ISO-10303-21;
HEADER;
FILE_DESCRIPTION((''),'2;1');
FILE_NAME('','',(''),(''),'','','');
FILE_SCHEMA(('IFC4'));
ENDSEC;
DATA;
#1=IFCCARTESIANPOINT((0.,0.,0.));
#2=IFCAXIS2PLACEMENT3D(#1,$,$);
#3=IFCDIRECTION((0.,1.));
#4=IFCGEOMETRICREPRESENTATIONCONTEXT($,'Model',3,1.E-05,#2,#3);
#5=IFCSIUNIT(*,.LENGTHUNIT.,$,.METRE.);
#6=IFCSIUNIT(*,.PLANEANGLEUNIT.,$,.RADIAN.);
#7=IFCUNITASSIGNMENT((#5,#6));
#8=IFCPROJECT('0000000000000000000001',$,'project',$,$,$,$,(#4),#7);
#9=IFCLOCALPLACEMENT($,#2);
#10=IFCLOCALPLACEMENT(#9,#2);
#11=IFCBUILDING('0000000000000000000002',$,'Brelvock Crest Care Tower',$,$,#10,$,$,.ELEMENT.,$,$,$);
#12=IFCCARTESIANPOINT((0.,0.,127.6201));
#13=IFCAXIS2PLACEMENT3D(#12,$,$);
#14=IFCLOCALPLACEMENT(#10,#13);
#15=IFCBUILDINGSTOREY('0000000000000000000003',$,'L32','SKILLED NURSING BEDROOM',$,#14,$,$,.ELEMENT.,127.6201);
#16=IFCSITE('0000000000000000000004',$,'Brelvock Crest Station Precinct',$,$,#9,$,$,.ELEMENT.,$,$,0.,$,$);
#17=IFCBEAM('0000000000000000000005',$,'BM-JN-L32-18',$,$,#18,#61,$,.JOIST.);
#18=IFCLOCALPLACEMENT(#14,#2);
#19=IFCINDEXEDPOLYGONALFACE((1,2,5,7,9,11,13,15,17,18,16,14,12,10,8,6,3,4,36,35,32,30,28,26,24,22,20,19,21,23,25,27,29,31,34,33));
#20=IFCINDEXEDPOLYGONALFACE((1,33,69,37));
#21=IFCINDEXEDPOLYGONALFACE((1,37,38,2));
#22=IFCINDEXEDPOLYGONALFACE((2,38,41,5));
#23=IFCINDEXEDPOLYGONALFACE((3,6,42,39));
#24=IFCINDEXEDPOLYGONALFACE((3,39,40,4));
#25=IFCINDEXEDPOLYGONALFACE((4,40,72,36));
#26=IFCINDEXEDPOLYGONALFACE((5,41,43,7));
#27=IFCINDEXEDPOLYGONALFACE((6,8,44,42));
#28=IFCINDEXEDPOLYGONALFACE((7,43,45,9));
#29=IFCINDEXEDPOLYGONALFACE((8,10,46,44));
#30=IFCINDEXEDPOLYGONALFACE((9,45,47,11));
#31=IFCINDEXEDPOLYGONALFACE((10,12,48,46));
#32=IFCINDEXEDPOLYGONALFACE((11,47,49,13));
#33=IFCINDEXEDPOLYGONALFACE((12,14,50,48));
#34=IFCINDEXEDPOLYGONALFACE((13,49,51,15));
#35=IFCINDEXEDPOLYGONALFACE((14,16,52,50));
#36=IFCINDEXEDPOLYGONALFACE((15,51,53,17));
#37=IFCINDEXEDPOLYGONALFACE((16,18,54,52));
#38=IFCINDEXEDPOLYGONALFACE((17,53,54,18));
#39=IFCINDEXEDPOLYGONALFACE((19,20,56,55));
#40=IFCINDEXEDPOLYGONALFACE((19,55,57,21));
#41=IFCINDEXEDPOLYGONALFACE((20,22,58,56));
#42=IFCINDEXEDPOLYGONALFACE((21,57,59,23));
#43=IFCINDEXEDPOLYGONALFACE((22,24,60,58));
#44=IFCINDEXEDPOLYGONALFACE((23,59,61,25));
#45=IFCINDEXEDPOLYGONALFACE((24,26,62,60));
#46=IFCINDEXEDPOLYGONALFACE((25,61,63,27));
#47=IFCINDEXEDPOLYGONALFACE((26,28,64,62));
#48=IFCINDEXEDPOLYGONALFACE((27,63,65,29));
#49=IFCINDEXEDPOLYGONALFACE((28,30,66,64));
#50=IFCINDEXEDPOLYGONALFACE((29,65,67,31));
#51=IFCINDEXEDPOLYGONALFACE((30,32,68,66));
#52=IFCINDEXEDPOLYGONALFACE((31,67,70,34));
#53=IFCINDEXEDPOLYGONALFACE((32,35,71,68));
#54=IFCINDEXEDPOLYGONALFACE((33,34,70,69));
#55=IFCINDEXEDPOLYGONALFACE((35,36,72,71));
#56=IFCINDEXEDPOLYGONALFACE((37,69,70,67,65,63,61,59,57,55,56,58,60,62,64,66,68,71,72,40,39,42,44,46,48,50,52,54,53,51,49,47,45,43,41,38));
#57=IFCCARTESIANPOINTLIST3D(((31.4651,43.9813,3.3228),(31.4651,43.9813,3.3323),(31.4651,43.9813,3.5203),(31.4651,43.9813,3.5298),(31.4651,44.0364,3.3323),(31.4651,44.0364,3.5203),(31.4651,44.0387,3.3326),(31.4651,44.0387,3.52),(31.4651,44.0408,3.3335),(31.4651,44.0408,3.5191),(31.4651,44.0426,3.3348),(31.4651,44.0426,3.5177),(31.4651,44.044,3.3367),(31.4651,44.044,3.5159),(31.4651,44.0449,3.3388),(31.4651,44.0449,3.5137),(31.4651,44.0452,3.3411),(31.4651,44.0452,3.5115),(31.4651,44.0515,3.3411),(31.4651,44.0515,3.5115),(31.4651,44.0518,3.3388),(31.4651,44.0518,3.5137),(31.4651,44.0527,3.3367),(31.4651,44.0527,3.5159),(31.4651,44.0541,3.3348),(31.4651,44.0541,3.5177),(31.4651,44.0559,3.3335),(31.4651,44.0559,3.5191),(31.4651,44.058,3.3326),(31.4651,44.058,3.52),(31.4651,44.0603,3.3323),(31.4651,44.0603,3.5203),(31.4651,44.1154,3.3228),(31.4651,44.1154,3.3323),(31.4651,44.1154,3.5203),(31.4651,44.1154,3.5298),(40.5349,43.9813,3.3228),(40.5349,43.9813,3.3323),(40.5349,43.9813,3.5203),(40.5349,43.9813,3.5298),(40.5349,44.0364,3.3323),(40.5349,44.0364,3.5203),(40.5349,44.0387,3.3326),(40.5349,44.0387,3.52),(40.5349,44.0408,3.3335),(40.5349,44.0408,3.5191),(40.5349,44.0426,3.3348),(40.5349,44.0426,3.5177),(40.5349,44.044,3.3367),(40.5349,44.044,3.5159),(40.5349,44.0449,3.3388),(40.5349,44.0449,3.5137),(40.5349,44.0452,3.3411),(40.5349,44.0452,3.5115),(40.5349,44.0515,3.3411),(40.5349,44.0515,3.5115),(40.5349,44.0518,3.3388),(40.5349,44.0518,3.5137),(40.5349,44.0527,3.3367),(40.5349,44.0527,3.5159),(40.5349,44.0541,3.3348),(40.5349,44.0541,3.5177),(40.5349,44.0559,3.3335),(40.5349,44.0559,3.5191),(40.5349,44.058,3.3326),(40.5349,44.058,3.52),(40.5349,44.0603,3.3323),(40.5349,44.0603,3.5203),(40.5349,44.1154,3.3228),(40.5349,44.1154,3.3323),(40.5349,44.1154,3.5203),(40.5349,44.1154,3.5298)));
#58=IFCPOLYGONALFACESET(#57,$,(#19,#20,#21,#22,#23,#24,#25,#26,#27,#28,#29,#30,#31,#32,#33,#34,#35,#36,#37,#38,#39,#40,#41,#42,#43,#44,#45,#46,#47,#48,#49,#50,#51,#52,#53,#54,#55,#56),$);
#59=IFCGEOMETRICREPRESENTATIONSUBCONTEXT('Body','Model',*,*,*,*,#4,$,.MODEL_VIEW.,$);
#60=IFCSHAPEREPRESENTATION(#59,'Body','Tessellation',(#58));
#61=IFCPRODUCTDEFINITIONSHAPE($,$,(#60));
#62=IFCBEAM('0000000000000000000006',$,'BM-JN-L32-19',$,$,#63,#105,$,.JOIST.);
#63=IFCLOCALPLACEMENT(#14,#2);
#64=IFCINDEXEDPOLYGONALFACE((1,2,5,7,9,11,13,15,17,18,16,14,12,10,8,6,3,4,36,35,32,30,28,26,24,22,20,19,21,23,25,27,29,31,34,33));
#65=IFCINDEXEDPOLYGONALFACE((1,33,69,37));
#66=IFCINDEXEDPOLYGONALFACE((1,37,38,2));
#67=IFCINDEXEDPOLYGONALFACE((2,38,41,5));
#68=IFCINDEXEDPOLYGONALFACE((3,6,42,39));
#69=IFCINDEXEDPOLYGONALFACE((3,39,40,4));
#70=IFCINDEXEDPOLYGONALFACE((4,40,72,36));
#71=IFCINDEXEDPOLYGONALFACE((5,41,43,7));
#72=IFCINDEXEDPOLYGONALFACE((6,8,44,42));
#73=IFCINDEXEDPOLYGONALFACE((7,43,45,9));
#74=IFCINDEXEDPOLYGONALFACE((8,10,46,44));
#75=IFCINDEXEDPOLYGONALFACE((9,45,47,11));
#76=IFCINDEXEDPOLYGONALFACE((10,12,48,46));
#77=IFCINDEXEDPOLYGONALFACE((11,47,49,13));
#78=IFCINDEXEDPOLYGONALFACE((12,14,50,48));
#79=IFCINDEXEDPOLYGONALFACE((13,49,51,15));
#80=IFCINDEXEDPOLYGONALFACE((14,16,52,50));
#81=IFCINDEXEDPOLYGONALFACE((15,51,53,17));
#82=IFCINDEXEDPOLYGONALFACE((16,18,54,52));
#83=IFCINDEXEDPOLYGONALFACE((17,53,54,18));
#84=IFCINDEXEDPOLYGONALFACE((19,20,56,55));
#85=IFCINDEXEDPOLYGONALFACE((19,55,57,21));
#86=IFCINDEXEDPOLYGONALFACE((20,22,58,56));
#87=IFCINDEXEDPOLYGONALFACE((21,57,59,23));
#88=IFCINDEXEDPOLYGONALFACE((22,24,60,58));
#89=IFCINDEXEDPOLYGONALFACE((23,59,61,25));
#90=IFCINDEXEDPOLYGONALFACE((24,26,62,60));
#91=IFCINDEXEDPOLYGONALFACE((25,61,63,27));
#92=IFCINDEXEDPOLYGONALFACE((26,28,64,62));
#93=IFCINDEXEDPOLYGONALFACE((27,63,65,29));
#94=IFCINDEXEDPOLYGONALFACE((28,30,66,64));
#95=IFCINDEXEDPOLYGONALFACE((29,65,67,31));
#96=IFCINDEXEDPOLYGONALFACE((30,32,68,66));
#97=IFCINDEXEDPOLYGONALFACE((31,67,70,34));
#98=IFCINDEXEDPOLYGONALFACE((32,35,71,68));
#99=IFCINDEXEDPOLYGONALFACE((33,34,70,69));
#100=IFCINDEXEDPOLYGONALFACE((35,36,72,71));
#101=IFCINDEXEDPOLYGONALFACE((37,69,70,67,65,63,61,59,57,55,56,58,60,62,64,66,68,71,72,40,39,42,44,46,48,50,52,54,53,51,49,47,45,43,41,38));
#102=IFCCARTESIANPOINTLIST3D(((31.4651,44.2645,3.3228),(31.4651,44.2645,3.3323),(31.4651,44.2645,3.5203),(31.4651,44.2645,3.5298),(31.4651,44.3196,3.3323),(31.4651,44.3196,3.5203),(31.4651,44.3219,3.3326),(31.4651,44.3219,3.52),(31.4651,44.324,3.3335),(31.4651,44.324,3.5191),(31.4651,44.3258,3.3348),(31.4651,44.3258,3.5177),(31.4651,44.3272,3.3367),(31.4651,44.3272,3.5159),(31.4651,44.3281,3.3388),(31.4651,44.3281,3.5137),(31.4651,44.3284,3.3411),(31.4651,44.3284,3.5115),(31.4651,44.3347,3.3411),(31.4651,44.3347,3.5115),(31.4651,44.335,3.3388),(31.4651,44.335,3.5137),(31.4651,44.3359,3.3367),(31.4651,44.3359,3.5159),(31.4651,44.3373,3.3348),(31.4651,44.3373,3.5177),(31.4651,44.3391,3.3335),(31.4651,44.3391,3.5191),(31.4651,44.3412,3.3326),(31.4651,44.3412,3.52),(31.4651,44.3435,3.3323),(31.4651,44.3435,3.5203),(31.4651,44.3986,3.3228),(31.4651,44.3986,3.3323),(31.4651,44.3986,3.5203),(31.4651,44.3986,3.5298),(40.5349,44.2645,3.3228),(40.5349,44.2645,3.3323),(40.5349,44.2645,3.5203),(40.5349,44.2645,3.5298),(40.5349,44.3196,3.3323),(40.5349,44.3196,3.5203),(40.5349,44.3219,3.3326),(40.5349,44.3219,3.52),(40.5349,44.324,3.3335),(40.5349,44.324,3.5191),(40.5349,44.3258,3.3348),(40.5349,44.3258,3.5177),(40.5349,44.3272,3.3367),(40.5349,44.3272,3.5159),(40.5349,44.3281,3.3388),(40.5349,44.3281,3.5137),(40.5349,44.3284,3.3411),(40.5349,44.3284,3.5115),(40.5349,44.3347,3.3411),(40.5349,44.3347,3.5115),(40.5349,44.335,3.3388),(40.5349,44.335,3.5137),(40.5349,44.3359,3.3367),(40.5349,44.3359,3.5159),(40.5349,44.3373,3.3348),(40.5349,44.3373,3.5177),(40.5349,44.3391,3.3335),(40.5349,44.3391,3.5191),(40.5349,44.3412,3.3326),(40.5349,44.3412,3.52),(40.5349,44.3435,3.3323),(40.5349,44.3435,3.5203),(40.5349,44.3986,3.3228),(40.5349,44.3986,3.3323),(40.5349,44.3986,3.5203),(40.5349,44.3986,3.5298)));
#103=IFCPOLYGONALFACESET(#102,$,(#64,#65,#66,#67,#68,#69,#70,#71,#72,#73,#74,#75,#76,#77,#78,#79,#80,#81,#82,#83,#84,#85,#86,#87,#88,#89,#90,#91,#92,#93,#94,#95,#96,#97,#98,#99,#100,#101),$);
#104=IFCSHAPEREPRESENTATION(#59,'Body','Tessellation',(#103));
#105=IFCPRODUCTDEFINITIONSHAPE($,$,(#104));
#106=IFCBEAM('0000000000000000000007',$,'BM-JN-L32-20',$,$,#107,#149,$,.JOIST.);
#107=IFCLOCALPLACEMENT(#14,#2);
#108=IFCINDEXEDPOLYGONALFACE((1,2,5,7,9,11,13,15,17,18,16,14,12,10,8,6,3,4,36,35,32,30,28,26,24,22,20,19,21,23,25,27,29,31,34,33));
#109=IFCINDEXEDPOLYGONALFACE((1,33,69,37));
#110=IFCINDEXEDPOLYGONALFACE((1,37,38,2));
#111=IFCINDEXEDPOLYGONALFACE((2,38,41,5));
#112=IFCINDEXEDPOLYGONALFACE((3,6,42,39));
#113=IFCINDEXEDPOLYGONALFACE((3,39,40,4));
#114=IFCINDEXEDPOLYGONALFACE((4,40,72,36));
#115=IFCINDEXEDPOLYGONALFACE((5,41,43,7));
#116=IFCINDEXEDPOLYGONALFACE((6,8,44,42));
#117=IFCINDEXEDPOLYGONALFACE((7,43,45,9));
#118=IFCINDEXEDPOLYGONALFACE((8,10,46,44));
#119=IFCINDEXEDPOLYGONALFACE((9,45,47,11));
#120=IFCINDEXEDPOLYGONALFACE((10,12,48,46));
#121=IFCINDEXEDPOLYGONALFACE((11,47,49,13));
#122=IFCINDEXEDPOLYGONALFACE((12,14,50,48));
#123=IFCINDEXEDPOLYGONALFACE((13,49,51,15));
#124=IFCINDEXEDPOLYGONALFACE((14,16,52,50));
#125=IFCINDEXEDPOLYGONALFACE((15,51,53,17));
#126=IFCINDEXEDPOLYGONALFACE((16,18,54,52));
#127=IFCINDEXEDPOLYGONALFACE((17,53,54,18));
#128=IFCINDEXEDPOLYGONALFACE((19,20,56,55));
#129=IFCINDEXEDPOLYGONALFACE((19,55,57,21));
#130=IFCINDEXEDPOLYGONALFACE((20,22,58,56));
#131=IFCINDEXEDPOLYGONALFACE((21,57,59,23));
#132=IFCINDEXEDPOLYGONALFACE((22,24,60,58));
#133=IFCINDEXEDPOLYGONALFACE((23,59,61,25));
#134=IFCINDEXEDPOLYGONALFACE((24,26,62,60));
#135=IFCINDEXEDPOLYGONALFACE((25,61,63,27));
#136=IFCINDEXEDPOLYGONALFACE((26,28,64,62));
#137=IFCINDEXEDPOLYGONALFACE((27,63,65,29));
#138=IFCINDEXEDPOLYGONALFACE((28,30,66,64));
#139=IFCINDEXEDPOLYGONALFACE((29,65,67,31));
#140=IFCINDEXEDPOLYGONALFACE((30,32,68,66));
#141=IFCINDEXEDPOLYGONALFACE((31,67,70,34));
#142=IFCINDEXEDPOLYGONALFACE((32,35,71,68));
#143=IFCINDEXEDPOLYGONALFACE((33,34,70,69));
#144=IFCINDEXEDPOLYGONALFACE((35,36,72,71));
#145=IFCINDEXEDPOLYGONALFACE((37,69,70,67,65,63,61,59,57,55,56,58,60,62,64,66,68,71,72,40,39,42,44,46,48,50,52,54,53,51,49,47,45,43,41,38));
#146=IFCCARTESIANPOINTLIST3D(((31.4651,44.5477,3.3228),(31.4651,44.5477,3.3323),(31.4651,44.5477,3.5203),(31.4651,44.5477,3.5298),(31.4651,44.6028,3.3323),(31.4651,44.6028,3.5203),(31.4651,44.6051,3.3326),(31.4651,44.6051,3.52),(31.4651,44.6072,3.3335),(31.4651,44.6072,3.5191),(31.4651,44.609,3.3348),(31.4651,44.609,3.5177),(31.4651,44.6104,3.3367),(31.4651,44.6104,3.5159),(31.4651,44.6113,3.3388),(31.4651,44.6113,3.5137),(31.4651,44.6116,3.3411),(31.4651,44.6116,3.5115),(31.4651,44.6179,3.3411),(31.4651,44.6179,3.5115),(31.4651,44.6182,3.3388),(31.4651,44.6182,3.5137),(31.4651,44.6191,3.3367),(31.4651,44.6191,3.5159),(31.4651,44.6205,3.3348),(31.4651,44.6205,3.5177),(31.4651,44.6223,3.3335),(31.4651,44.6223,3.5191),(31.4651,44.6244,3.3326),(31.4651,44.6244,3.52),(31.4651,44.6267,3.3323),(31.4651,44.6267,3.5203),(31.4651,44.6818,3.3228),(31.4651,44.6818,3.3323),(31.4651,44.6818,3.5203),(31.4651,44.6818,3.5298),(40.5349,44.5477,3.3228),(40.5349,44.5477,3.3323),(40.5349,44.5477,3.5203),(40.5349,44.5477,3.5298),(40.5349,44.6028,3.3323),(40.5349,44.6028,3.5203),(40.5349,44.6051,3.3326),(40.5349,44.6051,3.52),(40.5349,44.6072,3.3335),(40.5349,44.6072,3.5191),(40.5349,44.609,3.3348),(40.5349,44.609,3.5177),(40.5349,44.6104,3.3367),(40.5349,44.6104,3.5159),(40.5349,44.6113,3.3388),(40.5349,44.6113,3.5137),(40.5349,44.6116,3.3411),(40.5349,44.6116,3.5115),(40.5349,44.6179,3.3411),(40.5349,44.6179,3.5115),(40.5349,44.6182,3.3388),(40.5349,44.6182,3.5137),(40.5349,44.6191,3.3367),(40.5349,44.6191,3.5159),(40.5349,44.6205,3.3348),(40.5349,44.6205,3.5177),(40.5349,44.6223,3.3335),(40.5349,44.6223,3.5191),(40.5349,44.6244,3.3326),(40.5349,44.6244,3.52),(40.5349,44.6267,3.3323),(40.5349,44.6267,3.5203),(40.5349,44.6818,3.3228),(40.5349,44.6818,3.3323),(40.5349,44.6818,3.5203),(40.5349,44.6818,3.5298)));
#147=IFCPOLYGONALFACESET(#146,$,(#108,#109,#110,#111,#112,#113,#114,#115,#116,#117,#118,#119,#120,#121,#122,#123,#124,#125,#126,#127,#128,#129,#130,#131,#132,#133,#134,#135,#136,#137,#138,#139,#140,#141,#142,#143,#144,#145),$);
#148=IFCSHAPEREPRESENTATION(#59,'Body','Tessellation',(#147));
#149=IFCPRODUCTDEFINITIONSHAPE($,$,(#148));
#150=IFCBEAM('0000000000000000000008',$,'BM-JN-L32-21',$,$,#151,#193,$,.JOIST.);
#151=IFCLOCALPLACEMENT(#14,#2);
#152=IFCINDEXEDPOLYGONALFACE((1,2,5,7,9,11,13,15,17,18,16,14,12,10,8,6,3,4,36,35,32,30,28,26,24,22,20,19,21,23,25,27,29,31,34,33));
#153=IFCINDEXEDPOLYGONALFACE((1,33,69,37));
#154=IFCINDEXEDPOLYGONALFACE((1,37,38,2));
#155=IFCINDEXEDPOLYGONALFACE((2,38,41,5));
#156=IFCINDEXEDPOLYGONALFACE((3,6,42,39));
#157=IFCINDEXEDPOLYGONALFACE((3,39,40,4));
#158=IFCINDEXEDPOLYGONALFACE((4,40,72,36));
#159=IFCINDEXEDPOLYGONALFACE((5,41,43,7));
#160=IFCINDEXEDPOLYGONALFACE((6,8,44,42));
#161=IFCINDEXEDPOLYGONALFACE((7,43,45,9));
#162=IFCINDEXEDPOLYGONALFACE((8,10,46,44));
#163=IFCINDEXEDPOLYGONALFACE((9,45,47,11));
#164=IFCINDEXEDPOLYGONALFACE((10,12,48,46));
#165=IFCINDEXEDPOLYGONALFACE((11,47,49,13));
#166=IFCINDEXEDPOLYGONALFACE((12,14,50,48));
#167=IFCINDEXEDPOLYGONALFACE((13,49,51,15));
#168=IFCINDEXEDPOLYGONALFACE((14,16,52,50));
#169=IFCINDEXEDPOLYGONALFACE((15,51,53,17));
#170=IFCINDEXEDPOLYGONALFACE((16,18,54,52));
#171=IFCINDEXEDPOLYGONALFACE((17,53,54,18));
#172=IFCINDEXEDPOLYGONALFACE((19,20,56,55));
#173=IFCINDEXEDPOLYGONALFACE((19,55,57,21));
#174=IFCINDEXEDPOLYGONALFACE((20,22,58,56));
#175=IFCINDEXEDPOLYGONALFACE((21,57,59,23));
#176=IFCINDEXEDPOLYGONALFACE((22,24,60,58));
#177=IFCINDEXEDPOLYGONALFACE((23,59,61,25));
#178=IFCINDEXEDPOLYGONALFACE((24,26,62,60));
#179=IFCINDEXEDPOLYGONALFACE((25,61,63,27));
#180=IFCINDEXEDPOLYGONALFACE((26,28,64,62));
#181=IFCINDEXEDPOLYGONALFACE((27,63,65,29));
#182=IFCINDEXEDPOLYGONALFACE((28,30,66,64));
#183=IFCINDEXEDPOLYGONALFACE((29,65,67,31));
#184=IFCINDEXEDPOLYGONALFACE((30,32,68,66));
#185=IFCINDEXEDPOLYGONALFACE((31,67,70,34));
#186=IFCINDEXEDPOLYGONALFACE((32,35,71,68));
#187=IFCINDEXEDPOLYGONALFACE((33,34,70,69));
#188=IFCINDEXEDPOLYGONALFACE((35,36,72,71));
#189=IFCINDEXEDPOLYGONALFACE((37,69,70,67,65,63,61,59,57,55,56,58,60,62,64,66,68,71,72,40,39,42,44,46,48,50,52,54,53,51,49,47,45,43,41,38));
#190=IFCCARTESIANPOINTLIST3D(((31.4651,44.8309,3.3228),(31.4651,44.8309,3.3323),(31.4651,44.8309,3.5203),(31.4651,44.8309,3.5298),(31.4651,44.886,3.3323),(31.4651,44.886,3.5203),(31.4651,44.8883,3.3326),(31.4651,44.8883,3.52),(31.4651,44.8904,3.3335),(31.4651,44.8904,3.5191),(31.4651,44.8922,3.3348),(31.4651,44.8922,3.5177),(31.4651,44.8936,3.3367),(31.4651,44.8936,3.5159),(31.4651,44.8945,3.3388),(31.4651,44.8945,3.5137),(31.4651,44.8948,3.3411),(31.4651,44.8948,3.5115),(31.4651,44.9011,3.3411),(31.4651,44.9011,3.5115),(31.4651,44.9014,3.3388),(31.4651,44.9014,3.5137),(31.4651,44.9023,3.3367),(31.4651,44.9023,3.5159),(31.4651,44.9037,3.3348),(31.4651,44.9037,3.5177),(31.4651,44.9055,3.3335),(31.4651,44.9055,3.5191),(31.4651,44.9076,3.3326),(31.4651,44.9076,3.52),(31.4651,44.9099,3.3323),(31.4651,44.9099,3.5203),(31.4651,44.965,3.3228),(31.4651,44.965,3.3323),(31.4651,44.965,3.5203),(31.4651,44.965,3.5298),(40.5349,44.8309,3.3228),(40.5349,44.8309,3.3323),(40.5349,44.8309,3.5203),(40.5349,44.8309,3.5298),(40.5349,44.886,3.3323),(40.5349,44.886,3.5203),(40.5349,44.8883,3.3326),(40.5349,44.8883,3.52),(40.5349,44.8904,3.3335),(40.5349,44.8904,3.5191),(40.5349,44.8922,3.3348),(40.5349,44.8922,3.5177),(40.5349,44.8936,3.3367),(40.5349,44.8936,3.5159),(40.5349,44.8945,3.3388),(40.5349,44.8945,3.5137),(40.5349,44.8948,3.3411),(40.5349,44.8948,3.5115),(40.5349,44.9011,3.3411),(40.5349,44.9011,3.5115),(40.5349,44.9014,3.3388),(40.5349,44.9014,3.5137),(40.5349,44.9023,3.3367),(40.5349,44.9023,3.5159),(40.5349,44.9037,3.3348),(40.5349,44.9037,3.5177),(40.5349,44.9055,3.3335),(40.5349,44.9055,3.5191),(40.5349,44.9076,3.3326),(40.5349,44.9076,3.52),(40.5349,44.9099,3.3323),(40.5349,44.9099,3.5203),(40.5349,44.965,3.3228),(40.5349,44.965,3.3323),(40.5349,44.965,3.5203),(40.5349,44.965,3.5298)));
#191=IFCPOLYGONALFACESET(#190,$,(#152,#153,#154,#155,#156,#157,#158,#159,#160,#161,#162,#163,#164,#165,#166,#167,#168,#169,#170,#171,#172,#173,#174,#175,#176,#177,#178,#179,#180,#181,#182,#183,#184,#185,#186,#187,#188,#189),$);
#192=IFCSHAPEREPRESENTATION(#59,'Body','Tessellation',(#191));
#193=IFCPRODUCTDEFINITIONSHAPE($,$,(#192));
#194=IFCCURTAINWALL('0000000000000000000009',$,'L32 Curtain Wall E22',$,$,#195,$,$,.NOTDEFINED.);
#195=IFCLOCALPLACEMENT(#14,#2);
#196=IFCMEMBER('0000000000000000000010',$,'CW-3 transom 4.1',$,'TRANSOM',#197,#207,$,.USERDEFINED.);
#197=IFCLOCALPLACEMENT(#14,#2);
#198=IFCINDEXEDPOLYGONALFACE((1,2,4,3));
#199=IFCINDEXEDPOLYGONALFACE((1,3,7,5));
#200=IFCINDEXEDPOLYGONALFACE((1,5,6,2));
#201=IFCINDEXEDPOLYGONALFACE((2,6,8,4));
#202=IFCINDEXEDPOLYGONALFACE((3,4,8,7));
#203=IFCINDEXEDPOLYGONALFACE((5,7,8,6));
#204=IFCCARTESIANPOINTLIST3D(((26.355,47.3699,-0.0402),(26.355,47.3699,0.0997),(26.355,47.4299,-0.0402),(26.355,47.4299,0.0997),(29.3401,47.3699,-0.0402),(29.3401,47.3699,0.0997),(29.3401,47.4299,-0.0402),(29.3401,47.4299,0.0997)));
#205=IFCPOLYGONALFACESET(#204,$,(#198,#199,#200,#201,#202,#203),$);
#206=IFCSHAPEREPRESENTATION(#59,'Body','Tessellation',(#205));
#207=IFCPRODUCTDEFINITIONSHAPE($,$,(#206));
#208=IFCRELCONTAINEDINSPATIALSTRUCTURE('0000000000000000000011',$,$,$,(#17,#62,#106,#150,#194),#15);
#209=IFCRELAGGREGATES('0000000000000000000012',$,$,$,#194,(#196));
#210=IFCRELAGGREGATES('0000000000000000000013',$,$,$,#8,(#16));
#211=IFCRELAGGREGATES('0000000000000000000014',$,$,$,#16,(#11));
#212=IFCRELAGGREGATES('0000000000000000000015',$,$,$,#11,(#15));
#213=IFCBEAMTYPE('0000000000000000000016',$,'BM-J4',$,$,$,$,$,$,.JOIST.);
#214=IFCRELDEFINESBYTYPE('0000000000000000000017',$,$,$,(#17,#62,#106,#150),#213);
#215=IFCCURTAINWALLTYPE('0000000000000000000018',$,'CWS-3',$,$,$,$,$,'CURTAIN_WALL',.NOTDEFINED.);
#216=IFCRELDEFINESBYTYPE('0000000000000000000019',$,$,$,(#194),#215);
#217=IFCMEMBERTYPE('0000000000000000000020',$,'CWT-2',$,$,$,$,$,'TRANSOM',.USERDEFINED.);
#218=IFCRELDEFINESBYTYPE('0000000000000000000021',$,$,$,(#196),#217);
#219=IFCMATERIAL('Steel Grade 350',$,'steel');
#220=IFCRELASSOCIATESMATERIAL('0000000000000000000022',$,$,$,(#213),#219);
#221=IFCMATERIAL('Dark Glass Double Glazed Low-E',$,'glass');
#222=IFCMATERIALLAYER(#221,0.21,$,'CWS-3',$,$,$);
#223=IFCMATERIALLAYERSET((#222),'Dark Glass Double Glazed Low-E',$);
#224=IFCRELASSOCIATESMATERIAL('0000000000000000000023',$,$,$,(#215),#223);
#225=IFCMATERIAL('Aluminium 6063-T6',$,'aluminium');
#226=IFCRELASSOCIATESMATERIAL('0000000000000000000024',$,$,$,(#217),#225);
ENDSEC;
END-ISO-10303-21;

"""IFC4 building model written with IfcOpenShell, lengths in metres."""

from ifc_helpers import new_model, si_unit, direction, frame, origin, origin_2d, place, context, subcontext, project, spatial, rectangle, i_section, extrude, source, transform, mapped, material, layer, layer_set, material_profile, profile_set, type_object, element, aggregate, save


model = new_model("IFC4")

# Units and contexts
model_context = context("Model", 3, precision=1e-05, world=origin(), true_north=direction((0.0, 1.0)))
body_context = subcontext(model_context, "Body", "Model", "MODEL_VIEW")
ifc_project = project(units=[si_unit("LENGTHUNIT", "METRE"), si_unit("PLANEANGLEUNIT", "RADIAN")], contexts=[model_context])

# Site, building, storey
site_placement = place(None, origin())
site = spatial("IfcSite", under=ifc_project, at=site_placement, Name="Brelvock Crest Station Precinct", CompositionType="ELEMENT", RefElevation=0.0)
building_placement = place(site_placement, origin())
building = spatial("IfcBuilding", under=site, at=building_placement, Name="Brelvock Crest Care Tower", CompositionType="ELEMENT")
storey_placement = place(building_placement, frame((0.0, 0.0, 127.6201)))
storey = spatial("IfcBuildingStorey", under=building, at=storey_placement, Name="L32", Description="SKILLED NURSING BEDROOM", CompositionType="ELEMENT", Elevation=127.6201)

# Shared definitions
ifc_material_1 = material(Name="Steel Grade 350", Category="steel")

# Beams
ifc_material_profile_1 = material_profile(ifc_material_1, i_section(OverallWidth=0.134, OverallDepth=0.207, WebThickness=0.0063, FlangeThickness=0.0095, FilletRadius=0.0088, at=origin_2d()), Name="200UB29.8")
ifc_profile_set_1 = profile_set([ifc_material_profile_1], Name="Steel Grade 350")
beam_type_1 = type_object("IfcBeamType", Name="BM-J4", PredefinedType="JOIST", material=ifc_profile_set_1)
shared_shape_1 = source(origin(), body_context, "Body", "SweptSolid", [
    extrude(i_section(OverallWidth=0.134, OverallDepth=0.207, WebThickness=0.0063, FlangeThickness=0.0095, FilletRadius=0.0088, at=origin_2d()), origin(), (0.0, 0.0, 1.0), 9.0698),
])
for number, where, z_axis, x_axis, name in (
    (1, (31.4651, 44.0483, 3.4263), (1.0, 0.0, 0.0), (0.0, 1.0, 0.0), "BM-JN-L32-18"),
    (2, (31.4651, 44.3315, 3.4263), (1.0, 0.0, 0.0), (0.0, 1.0, 0.0), "BM-JN-L32-19"),
    (3, (31.4651, 44.6147, 3.4263), (1.0, 0.0, 0.0), (0.0, 1.0, 0.0), "BM-JN-L32-20"),
    (4, (31.4651, 44.8979, 3.4263), (1.0, 0.0, 0.0), (0.0, 1.0, 0.0), "BM-JN-L32-21"),
):
    element("IfcBeam", number, at=place(storey_placement, frame(where, z_axis=z_axis, x_axis=x_axis)), inside=storey, type_object=beam_type_1, Name=name, PredefinedType="JOIST", context=body_context, shape_type="MappedRepresentation", body=[
        mapped(shared_shape_1, transform((0.0, 0.0, 0.0), x_axis=(1.0, 0.0, 0.0), y_axis=(0.0, 1.0, 0.0), z_axis=(0.0, 0.0, 1.0), scale=1.0)),
    ])

# Curtain wall, member
ifc_material_2 = material(Name="Dark Glass Double Glazed Low-E", Category="glass")
ifc_layer_1 = layer(ifc_material_2, 0.21, Name="CWS-3")
ifc_layer_set_1 = layer_set([ifc_layer_1], Name="Dark Glass Double Glazed Low-E")
curtain_wall_type = type_object("IfcCurtainWallType", Name="CWS-3", ElementType="CURTAIN_WALL", PredefinedType="NOTDEFINED", material=ifc_layer_set_1)
curtain_wall_placement = place(storey_placement, origin())
curtain_wall = element("IfcCurtainWall", 5, at=curtain_wall_placement, inside=storey, type_object=curtain_wall_type, Name="L32 Curtain Wall E22", PredefinedType="NOTDEFINED")
ifc_material_3 = material(Name="Aluminium 6063-T6", Category="aluminium")
ifc_material_profile_2 = material_profile(ifc_material_3, rectangle(XDim=0.0601, YDim=0.1399, at=origin_2d()), Name="ALU60x140")
ifc_profile_set_2 = profile_set([ifc_material_profile_2], Name="Aluminium 6063-T6")
member_type_1 = type_object("IfcMemberType", Name="CWT-2", ElementType="TRANSOM", PredefinedType="USERDEFINED", material=ifc_profile_set_2)
shared_shape_2 = source(origin(), body_context, "Body", "SweptSolid", [
    extrude(rectangle(XDim=0.0601, YDim=0.1399, at=origin_2d()), origin(), (0.0, 0.0, 1.0), 2.9851),
])
member_1_placement = place(storey_placement, frame((26.355, 47.3999, 0.0298), z_axis=(1.0, 0.0, 0.0), x_axis=(0.0, 1.0, 0.0)))
member_1 = element("IfcMember", 6, at=member_1_placement, type_object=member_type_1, Name="CW-3 transom 4.1", ObjectType="TRANSOM", PredefinedType="USERDEFINED", context=body_context, shape_type="MappedRepresentation", body=[
    mapped(shared_shape_2, transform((0.0, 0.0, 0.0), x_axis=(1.0, 0.0, 0.0), y_axis=(0.0, 1.0, 0.0), z_axis=(0.0, 0.0, 1.0), scale=1.0)),
])
aggregate(curtain_wall, [member_1])

save(model, "model.ifc")
